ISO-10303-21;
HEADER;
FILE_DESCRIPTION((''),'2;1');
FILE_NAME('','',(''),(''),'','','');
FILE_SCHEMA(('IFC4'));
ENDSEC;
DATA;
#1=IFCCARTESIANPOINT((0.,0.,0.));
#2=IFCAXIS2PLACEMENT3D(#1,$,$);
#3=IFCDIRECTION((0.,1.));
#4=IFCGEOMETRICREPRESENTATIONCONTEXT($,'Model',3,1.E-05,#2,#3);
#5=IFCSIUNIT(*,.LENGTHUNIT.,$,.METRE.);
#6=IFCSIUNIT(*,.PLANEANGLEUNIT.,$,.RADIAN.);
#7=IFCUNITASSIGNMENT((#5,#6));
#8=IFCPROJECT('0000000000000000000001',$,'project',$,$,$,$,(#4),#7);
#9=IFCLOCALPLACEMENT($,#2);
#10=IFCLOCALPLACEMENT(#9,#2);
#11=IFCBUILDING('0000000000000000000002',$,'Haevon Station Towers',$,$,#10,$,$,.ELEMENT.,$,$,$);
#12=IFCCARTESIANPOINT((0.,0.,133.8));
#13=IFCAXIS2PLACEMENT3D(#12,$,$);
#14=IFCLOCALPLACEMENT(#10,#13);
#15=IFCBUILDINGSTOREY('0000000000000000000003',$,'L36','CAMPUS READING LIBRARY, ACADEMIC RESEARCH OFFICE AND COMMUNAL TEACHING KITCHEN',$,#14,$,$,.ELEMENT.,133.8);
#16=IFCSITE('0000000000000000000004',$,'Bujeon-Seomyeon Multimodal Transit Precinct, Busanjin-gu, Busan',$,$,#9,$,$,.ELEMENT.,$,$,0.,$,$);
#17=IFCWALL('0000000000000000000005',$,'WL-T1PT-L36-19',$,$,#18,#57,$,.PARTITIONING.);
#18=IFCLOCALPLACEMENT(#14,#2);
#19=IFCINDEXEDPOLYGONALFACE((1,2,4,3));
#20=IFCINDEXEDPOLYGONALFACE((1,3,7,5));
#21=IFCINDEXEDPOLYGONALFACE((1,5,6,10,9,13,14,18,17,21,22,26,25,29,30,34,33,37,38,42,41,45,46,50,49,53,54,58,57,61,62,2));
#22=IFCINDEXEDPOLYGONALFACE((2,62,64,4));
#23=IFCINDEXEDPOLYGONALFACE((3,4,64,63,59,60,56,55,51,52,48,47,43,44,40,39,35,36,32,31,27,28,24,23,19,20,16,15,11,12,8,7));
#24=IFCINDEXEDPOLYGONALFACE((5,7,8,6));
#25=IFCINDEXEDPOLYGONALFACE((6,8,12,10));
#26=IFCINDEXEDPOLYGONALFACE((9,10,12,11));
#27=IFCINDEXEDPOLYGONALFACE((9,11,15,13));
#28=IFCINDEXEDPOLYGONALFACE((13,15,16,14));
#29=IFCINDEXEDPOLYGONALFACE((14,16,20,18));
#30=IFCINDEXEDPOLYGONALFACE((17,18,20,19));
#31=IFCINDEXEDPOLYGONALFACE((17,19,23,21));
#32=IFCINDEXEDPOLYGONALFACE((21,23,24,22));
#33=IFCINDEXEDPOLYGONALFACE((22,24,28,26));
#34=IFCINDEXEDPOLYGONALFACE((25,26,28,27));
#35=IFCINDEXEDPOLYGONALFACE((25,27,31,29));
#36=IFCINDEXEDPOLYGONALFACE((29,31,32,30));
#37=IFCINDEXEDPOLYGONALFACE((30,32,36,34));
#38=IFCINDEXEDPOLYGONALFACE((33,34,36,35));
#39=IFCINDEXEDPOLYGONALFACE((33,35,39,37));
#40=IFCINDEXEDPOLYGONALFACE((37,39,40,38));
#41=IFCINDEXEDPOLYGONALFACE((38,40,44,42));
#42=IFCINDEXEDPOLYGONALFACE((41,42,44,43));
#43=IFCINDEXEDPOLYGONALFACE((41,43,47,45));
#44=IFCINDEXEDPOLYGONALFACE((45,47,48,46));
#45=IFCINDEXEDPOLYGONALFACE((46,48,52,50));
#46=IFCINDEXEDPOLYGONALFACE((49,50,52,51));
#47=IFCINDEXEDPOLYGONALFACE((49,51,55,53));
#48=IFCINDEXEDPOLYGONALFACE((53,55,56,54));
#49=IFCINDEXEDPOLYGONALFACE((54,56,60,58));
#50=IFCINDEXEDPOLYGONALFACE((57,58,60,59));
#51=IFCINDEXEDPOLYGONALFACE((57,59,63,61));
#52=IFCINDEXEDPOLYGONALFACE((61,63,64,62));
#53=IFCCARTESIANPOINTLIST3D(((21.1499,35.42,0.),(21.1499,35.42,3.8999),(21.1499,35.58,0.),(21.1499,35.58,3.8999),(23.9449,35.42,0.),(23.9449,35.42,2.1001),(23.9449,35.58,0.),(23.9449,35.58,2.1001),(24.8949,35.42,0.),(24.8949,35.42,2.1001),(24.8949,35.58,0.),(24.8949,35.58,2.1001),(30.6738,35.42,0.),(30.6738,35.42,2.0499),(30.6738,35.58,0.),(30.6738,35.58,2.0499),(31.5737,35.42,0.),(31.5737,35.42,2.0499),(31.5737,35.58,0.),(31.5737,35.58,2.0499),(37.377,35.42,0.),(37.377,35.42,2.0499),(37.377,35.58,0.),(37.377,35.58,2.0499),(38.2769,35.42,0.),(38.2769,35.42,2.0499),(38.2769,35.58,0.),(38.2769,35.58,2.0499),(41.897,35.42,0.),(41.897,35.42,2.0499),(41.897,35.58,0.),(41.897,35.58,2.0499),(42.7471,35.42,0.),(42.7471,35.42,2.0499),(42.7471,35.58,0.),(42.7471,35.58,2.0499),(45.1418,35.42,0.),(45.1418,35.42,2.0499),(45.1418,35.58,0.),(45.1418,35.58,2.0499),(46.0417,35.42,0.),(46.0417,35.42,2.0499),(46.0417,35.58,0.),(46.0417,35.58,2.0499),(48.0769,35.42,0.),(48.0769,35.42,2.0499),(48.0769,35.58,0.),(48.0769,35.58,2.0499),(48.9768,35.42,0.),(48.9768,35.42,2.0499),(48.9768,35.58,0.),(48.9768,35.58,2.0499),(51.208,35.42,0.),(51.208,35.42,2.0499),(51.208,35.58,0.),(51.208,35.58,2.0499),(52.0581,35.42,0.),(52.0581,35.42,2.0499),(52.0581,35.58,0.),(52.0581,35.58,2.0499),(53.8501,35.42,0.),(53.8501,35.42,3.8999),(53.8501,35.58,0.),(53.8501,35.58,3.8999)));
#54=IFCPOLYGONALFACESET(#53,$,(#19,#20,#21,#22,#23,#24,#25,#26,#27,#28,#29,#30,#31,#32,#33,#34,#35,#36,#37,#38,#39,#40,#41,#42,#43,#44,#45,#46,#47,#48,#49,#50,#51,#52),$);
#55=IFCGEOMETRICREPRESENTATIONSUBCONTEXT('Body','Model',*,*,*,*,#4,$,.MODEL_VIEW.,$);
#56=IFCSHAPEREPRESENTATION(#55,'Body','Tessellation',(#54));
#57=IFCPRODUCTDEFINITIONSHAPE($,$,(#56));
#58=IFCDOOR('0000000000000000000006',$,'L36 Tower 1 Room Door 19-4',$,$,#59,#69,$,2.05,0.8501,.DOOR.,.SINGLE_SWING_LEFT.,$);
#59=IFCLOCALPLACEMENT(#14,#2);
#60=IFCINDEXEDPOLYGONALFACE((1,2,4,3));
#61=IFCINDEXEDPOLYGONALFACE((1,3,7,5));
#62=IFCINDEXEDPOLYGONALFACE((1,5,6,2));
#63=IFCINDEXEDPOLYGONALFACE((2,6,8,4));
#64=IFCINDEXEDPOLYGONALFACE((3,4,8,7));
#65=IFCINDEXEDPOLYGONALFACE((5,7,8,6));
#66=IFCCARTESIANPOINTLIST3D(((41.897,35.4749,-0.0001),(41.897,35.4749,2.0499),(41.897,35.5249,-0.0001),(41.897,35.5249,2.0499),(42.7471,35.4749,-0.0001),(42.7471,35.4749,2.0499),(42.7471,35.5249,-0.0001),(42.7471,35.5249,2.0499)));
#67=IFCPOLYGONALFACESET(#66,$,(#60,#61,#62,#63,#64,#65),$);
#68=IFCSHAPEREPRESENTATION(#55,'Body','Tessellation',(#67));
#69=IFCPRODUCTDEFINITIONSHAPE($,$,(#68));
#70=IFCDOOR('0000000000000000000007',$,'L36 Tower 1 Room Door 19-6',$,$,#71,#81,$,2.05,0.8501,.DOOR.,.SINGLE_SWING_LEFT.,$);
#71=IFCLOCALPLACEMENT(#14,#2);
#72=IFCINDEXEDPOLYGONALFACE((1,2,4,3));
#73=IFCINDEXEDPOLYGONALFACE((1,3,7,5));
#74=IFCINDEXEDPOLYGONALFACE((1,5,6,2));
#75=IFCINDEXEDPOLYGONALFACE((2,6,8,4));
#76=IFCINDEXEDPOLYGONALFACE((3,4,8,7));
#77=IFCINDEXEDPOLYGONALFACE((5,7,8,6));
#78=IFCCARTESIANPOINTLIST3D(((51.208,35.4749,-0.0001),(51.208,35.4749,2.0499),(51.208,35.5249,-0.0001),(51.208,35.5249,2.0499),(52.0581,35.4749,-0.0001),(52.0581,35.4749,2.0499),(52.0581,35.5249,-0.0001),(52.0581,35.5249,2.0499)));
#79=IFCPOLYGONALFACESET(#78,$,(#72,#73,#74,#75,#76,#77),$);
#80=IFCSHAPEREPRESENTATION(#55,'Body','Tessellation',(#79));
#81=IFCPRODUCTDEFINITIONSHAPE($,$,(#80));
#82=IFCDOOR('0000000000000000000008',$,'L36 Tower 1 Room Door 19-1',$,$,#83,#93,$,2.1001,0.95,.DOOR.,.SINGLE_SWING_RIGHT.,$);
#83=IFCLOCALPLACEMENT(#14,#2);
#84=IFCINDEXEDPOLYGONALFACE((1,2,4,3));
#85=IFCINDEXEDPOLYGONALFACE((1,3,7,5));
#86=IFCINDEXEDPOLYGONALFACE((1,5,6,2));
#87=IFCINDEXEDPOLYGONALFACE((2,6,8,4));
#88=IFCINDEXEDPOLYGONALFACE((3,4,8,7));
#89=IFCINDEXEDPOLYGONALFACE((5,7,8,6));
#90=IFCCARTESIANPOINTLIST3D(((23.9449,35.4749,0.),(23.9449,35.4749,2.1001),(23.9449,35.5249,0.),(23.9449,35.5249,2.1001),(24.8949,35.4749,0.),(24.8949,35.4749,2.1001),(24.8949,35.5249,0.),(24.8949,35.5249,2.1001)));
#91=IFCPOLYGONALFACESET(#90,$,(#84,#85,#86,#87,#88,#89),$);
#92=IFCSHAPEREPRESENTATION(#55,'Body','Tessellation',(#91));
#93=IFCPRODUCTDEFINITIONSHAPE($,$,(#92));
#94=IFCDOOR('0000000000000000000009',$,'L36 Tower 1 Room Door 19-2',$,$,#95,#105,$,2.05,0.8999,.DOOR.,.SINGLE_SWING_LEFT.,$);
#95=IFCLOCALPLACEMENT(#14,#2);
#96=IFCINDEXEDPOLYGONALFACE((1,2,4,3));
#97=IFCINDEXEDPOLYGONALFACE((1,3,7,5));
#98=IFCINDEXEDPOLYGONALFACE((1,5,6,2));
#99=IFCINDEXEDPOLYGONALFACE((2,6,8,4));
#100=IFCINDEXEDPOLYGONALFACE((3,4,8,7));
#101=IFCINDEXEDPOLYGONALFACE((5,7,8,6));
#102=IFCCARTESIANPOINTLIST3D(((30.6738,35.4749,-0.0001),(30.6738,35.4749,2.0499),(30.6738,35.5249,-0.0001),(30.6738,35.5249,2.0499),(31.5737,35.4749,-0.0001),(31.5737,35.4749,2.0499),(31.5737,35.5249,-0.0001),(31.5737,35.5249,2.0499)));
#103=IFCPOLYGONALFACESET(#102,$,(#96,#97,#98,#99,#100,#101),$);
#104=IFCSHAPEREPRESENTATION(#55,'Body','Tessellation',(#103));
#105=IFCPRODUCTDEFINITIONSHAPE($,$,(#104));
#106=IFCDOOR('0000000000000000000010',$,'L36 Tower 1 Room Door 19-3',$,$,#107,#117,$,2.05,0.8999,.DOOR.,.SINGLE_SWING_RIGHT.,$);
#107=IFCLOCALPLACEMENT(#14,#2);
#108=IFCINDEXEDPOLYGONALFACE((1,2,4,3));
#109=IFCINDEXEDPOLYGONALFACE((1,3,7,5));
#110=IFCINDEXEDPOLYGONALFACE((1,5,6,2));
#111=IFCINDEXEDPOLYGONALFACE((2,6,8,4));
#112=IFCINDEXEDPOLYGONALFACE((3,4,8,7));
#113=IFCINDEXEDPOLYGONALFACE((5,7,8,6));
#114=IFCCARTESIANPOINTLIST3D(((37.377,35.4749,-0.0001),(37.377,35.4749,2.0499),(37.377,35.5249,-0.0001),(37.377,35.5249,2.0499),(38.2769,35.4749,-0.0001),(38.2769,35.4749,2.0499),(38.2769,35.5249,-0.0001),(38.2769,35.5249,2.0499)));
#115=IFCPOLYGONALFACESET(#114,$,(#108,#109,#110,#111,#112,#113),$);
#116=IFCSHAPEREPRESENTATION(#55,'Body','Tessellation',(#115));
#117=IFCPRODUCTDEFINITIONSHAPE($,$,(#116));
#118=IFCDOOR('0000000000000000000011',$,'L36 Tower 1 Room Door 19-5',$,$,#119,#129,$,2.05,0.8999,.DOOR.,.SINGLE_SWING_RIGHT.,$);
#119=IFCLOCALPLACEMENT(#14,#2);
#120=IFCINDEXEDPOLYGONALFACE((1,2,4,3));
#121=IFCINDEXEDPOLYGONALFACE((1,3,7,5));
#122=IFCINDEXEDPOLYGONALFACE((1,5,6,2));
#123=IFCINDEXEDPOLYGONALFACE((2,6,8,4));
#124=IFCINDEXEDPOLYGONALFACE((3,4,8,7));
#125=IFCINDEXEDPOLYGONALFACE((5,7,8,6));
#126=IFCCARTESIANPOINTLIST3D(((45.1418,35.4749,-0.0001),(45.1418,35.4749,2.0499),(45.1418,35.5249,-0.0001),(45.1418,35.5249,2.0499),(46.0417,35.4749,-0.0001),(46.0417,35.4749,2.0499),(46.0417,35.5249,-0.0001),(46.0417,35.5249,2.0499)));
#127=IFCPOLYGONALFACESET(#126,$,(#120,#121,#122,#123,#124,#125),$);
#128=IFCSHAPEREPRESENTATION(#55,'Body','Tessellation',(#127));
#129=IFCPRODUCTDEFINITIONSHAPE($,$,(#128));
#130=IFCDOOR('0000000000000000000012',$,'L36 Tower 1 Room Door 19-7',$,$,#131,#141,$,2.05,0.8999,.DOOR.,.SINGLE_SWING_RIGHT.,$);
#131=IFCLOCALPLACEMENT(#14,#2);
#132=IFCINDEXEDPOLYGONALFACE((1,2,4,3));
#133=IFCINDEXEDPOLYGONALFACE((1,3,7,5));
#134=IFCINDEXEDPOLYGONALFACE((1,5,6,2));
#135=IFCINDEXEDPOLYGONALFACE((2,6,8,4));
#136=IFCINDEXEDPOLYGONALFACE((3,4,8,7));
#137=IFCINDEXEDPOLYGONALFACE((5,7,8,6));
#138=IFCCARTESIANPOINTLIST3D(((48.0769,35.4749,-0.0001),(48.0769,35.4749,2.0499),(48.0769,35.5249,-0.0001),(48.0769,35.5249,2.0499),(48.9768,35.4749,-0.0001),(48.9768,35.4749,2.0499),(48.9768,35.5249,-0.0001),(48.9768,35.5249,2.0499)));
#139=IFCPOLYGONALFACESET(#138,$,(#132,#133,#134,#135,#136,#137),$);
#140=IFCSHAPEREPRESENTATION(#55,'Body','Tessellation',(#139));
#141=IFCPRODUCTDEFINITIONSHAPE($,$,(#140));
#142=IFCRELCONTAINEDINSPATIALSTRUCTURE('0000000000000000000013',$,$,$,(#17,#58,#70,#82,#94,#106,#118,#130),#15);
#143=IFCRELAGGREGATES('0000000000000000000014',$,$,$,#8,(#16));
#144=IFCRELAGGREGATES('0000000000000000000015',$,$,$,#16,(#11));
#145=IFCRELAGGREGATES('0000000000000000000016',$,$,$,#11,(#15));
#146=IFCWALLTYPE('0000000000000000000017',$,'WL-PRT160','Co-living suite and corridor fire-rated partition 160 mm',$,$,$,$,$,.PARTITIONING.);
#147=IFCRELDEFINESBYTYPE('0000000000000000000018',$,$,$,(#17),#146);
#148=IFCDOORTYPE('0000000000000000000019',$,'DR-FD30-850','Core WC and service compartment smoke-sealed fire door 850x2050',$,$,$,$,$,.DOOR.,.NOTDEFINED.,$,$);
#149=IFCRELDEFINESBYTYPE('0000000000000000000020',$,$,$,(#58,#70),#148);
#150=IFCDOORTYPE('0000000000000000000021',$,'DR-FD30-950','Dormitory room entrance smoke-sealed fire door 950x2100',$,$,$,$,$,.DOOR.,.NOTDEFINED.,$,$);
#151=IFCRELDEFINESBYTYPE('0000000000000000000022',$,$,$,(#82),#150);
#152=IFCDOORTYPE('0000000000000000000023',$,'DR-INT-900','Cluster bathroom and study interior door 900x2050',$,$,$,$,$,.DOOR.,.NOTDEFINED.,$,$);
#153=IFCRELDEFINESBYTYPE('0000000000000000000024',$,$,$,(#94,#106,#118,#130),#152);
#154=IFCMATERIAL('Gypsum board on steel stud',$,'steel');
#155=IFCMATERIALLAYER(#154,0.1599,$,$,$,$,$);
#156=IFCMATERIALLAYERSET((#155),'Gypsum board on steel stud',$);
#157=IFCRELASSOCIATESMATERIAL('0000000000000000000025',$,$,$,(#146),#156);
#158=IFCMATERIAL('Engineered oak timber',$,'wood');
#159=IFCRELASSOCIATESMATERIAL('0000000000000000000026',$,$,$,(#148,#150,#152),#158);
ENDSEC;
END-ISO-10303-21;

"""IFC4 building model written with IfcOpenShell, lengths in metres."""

from ifc_helpers import new_model, si_unit, direction, frame, frame_2d, origin, place, context, subcontext, project, spatial, rectangle, extrude, material, layer, layer_set, type_object, element, fill, save


model = new_model("IFC4")

# Units and contexts
model_context = context("Model", 3, precision=1e-05, world=origin(), true_north=direction((0.0, 1.0)))
body_context = subcontext(model_context, "Body", "Model", "MODEL_VIEW")
ifc_project = project(units=[si_unit("LENGTHUNIT", "METRE"), si_unit("PLANEANGLEUNIT", "RADIAN")], contexts=[model_context])

# Site, building, storey
site_placement = place(None, origin())
site = spatial("IfcSite", under=ifc_project, at=site_placement, Name="Bujeon-Seomyeon Multimodal Transit Precinct, Busanjin-gu, Busan", CompositionType="ELEMENT", RefElevation=0.0)
building_placement = place(site_placement, origin())
building = spatial("IfcBuilding", under=site, at=building_placement, Name="Haevon Station Towers", CompositionType="ELEMENT")
storey_placement = place(building_placement, frame((0.0, 0.0, 133.8)))
storey = spatial("IfcBuildingStorey", under=building, at=storey_placement, Name="L36", Description="CAMPUS READING LIBRARY, ACADEMIC RESEARCH OFFICE AND COMMUNAL TEACHING KITCHEN", CompositionType="ELEMENT", Elevation=133.8)

# Shared definitions
ifc_material_1 = material(Name="Gypsum board on steel stud", Category="steel")
ifc_material_2 = material(Name="Engineered oak timber", Category="wood")

# Shared definitions
ifc_layer_1 = layer(ifc_material_1, 0.1599)
ifc_layer_set_1 = layer_set([ifc_layer_1], Name="Gypsum board on steel stud")
wall_type_1 = type_object("IfcWallType", Name="WL-PRT160", Description="Co-living suite and corridor fire-rated partition 160 mm", PredefinedType="PARTITIONING", material=ifc_layer_set_1)

# Wall, openings, doors
wall_1_placement = place(storey_placement, frame((21.1499, 35.5, 0.0), z_axis=(0.0, 0.0, 1.0), x_axis=(1.0, 0.0, 0.0)))
wall_1 = element("IfcWall", 1, at=wall_1_placement, inside=storey, type_object=wall_type_1, Name="WL-T1PT-L36-19", PredefinedType="PARTITIONING", context=body_context, shape_type="SweptSolid", body=[
    extrude(rectangle(XDim=32.7002, YDim=0.1599, at=frame_2d((16.3501, 0.0))), origin(), (0.0, 0.0, 1.0), 3.8999),
])
opening_1_placement = place(wall_1_placement, frame((2.7949, 0.0, 0.0)))
opening_1 = element("IfcOpeningElement", 2, at=opening_1_placement, cuts=wall_1, PredefinedType="OPENING", context=body_context, shape_type="SweptSolid", body=[
    extrude(rectangle(XDim=0.95, YDim=2.1001, at=frame_2d((0.4751, 1.05))), frame((0.0, 0.0898, 0.0), z_axis=(0.0, -1.0, 0.0), x_axis=(1.0, 0.0, 0.0)), (0.0, 0.0, 1.0), 0.1799),
])
opening_2_placement = place(wall_1_placement, frame((9.5239, 0.0, 0.0)))
opening_2 = element("IfcOpeningElement", 3, at=opening_2_placement, cuts=wall_1, PredefinedType="OPENING", context=body_context, shape_type="SweptSolid", body=[
    extrude(rectangle(XDim=0.8999, YDim=2.05, at=frame_2d((0.45, 1.0249))), frame((0.0, 0.0898, 0.0), z_axis=(0.0, -1.0, 0.0), x_axis=(1.0, 0.0, 0.0)), (0.0, 0.0, 1.0), 0.1799),
])
opening_3_placement = place(wall_1_placement, frame((16.2271, 0.0, 0.0)))
opening_3 = element("IfcOpeningElement", 4, at=opening_3_placement, cuts=wall_1, PredefinedType="OPENING", context=body_context, shape_type="SweptSolid", body=[
    extrude(rectangle(XDim=0.8999, YDim=2.05, at=frame_2d((0.45, 1.0249))), frame((0.0, 0.0898, 0.0), z_axis=(0.0, -1.0, 0.0), x_axis=(1.0, 0.0, 0.0)), (0.0, 0.0, 1.0), 0.1799),
])
opening_4_placement = place(wall_1_placement, frame((20.7471, 0.0, 0.0)))
opening_4 = element("IfcOpeningElement", 5, at=opening_4_placement, cuts=wall_1, PredefinedType="OPENING", context=body_context, shape_type="SweptSolid", body=[
    extrude(rectangle(XDim=0.8501, YDim=2.05, at=frame_2d((0.425, 1.0249))), frame((0.0, 0.0898, 0.0), z_axis=(0.0, -1.0, 0.0), x_axis=(1.0, 0.0, 0.0)), (0.0, 0.0, 1.0), 0.1799),
])
opening_5_placement = place(wall_1_placement, frame((23.9919, 0.0, 0.0)))
opening_5 = element("IfcOpeningElement", 6, at=opening_5_placement, cuts=wall_1, PredefinedType="OPENING", context=body_context, shape_type="SweptSolid", body=[
    extrude(rectangle(XDim=0.8999, YDim=2.05, at=frame_2d((0.45, 1.0249))), frame((0.0, 0.0898, 0.0), z_axis=(0.0, -1.0, 0.0), x_axis=(1.0, 0.0, 0.0)), (0.0, 0.0, 1.0), 0.1799),
])
opening_6_placement = place(wall_1_placement, frame((30.0581, 0.0, 0.0)))
opening_6 = element("IfcOpeningElement", 7, at=opening_6_placement, cuts=wall_1, PredefinedType="OPENING", context=body_context, shape_type="SweptSolid", body=[
    extrude(rectangle(XDim=0.8501, YDim=2.05, at=frame_2d((0.425, 1.0249))), frame((0.0, 0.0898, 0.0), z_axis=(0.0, -1.0, 0.0), x_axis=(1.0, 0.0, 0.0)), (0.0, 0.0, 1.0), 0.1799),
])
opening_7_placement = place(wall_1_placement, frame((26.927, 0.0, 0.0)))
opening_7 = element("IfcOpeningElement", 8, at=opening_7_placement, cuts=wall_1, PredefinedType="OPENING", context=body_context, shape_type="SweptSolid", body=[
    extrude(rectangle(XDim=0.8999, YDim=2.05, at=frame_2d((0.45, 1.0249))), frame((0.0, 0.0898, 0.0), z_axis=(0.0, -1.0, 0.0), x_axis=(1.0, 0.0, 0.0)), (0.0, 0.0, 1.0), 0.1799),
])
door_type_1 = type_object("IfcDoorType", Name="DR-FD30-850", Description="Core WC and service compartment smoke-sealed fire door 850x2050", OperationType="NOTDEFINED", PredefinedType="DOOR", material=ifc_material_2)
door_1_placement = place(opening_4_placement, origin())
door_1 = element("IfcDoor", 9, at=door_1_placement, inside=storey, type_object=door_type_1, Name="L36 Tower 1 Room Door 19-4", OperationType="SINGLE_SWING_LEFT", OverallHeight=2.05, OverallWidth=0.8501, PredefinedType="DOOR", context=body_context, shape_type="SweptSolid", body=[
    extrude(rectangle(XDim=0.8501, YDim=2.05, at=frame_2d((0.425, 1.0249))), frame((0.0, 0.0249, 0.0), z_axis=(0.0, -1.0, 0.0), x_axis=(1.0, 0.0, 0.0)), (0.0, 0.0, 1.0), 0.05),
])
fill(opening_4, door_1)
door_2_placement = place(opening_6_placement, origin())
door_2 = element("IfcDoor", 10, at=door_2_placement, inside=storey, type_object=door_type_1, Name="L36 Tower 1 Room Door 19-6", OperationType="SINGLE_SWING_LEFT", OverallHeight=2.05, OverallWidth=0.8501, PredefinedType="DOOR", context=body_context, shape_type="SweptSolid", body=[
    extrude(rectangle(XDim=0.8501, YDim=2.05, at=frame_2d((0.425, 1.0249))), frame((0.0, 0.0249, 0.0), z_axis=(0.0, -1.0, 0.0), x_axis=(1.0, 0.0, 0.0)), (0.0, 0.0, 1.0), 0.05),
])
fill(opening_6, door_2)
door_type_2 = type_object("IfcDoorType", Name="DR-FD30-950", Description="Dormitory room entrance smoke-sealed fire door 950x2100", OperationType="NOTDEFINED", PredefinedType="DOOR", material=ifc_material_2)
door_3_placement = place(opening_1_placement, origin())
door_3 = element("IfcDoor", 11, at=door_3_placement, inside=storey, type_object=door_type_2, Name="L36 Tower 1 Room Door 19-1", OperationType="SINGLE_SWING_RIGHT", OverallHeight=2.1001, OverallWidth=0.95, PredefinedType="DOOR", context=body_context, shape_type="SweptSolid", body=[
    extrude(rectangle(XDim=0.95, YDim=2.1001, at=frame_2d((0.4751, 1.05))), frame((0.0, 0.0249, 0.0), z_axis=(0.0, -1.0, 0.0), x_axis=(1.0, 0.0, 0.0)), (0.0, 0.0, 1.0), 0.05),
])
fill(opening_1, door_3)
door_type_3 = type_object("IfcDoorType", Name="DR-INT-900", Description="Cluster bathroom and study interior door 900x2050", OperationType="NOTDEFINED", PredefinedType="DOOR", material=ifc_material_2)
door_4_placement = place(opening_2_placement, origin())
door_4 = element("IfcDoor", 12, at=door_4_placement, inside=storey, type_object=door_type_3, Name="L36 Tower 1 Room Door 19-2", OperationType="SINGLE_SWING_LEFT", OverallHeight=2.05, OverallWidth=0.8999, PredefinedType="DOOR", context=body_context, shape_type="SweptSolid", body=[
    extrude(rectangle(XDim=0.8999, YDim=2.05, at=frame_2d((0.45, 1.0249))), frame((0.0, 0.0249, 0.0), z_axis=(0.0, -1.0, 0.0), x_axis=(1.0, 0.0, 0.0)), (0.0, 0.0, 1.0), 0.05),
])
fill(opening_2, door_4)
door_5_placement = place(opening_3_placement, origin())
door_5 = element("IfcDoor", 13, at=door_5_placement, inside=storey, type_object=door_type_3, Name="L36 Tower 1 Room Door 19-3", OperationType="SINGLE_SWING_RIGHT", OverallHeight=2.05, OverallWidth=0.8999, PredefinedType="DOOR", context=body_context, shape_type="SweptSolid", body=[
    extrude(rectangle(XDim=0.8999, YDim=2.05, at=frame_2d((0.45, 1.0249))), frame((0.0, 0.0249, 0.0), z_axis=(0.0, -1.0, 0.0), x_axis=(1.0, 0.0, 0.0)), (0.0, 0.0, 1.0), 0.05),
])
fill(opening_3, door_5)
door_6_placement = place(opening_5_placement, origin())
door_6 = element("IfcDoor", 14, at=door_6_placement, inside=storey, type_object=door_type_3, Name="L36 Tower 1 Room Door 19-5", OperationType="SINGLE_SWING_RIGHT", OverallHeight=2.05, OverallWidth=0.8999, PredefinedType="DOOR", context=body_context, shape_type="SweptSolid", body=[
    extrude(rectangle(XDim=0.8999, YDim=2.05, at=frame_2d((0.45, 1.0249))), frame((0.0, 0.0249, 0.0), z_axis=(0.0, -1.0, 0.0), x_axis=(1.0, 0.0, 0.0)), (0.0, 0.0, 1.0), 0.05),
])
fill(opening_5, door_6)
door_7_placement = place(opening_7_placement, origin())
door_7 = element("IfcDoor", 15, at=door_7_placement, inside=storey, type_object=door_type_3, Name="L36 Tower 1 Room Door 19-7", OperationType="SINGLE_SWING_RIGHT", OverallHeight=2.05, OverallWidth=0.8999, PredefinedType="DOOR", context=body_context, shape_type="SweptSolid", body=[
    extrude(rectangle(XDim=0.8999, YDim=2.05, at=frame_2d((0.45, 1.0249))), frame((0.0, 0.0249, 0.0), z_axis=(0.0, -1.0, 0.0), x_axis=(1.0, 0.0, 0.0)), (0.0, 0.0, 1.0), 0.05),
])
fill(opening_7, door_7)

save(model, "model.ifc")
